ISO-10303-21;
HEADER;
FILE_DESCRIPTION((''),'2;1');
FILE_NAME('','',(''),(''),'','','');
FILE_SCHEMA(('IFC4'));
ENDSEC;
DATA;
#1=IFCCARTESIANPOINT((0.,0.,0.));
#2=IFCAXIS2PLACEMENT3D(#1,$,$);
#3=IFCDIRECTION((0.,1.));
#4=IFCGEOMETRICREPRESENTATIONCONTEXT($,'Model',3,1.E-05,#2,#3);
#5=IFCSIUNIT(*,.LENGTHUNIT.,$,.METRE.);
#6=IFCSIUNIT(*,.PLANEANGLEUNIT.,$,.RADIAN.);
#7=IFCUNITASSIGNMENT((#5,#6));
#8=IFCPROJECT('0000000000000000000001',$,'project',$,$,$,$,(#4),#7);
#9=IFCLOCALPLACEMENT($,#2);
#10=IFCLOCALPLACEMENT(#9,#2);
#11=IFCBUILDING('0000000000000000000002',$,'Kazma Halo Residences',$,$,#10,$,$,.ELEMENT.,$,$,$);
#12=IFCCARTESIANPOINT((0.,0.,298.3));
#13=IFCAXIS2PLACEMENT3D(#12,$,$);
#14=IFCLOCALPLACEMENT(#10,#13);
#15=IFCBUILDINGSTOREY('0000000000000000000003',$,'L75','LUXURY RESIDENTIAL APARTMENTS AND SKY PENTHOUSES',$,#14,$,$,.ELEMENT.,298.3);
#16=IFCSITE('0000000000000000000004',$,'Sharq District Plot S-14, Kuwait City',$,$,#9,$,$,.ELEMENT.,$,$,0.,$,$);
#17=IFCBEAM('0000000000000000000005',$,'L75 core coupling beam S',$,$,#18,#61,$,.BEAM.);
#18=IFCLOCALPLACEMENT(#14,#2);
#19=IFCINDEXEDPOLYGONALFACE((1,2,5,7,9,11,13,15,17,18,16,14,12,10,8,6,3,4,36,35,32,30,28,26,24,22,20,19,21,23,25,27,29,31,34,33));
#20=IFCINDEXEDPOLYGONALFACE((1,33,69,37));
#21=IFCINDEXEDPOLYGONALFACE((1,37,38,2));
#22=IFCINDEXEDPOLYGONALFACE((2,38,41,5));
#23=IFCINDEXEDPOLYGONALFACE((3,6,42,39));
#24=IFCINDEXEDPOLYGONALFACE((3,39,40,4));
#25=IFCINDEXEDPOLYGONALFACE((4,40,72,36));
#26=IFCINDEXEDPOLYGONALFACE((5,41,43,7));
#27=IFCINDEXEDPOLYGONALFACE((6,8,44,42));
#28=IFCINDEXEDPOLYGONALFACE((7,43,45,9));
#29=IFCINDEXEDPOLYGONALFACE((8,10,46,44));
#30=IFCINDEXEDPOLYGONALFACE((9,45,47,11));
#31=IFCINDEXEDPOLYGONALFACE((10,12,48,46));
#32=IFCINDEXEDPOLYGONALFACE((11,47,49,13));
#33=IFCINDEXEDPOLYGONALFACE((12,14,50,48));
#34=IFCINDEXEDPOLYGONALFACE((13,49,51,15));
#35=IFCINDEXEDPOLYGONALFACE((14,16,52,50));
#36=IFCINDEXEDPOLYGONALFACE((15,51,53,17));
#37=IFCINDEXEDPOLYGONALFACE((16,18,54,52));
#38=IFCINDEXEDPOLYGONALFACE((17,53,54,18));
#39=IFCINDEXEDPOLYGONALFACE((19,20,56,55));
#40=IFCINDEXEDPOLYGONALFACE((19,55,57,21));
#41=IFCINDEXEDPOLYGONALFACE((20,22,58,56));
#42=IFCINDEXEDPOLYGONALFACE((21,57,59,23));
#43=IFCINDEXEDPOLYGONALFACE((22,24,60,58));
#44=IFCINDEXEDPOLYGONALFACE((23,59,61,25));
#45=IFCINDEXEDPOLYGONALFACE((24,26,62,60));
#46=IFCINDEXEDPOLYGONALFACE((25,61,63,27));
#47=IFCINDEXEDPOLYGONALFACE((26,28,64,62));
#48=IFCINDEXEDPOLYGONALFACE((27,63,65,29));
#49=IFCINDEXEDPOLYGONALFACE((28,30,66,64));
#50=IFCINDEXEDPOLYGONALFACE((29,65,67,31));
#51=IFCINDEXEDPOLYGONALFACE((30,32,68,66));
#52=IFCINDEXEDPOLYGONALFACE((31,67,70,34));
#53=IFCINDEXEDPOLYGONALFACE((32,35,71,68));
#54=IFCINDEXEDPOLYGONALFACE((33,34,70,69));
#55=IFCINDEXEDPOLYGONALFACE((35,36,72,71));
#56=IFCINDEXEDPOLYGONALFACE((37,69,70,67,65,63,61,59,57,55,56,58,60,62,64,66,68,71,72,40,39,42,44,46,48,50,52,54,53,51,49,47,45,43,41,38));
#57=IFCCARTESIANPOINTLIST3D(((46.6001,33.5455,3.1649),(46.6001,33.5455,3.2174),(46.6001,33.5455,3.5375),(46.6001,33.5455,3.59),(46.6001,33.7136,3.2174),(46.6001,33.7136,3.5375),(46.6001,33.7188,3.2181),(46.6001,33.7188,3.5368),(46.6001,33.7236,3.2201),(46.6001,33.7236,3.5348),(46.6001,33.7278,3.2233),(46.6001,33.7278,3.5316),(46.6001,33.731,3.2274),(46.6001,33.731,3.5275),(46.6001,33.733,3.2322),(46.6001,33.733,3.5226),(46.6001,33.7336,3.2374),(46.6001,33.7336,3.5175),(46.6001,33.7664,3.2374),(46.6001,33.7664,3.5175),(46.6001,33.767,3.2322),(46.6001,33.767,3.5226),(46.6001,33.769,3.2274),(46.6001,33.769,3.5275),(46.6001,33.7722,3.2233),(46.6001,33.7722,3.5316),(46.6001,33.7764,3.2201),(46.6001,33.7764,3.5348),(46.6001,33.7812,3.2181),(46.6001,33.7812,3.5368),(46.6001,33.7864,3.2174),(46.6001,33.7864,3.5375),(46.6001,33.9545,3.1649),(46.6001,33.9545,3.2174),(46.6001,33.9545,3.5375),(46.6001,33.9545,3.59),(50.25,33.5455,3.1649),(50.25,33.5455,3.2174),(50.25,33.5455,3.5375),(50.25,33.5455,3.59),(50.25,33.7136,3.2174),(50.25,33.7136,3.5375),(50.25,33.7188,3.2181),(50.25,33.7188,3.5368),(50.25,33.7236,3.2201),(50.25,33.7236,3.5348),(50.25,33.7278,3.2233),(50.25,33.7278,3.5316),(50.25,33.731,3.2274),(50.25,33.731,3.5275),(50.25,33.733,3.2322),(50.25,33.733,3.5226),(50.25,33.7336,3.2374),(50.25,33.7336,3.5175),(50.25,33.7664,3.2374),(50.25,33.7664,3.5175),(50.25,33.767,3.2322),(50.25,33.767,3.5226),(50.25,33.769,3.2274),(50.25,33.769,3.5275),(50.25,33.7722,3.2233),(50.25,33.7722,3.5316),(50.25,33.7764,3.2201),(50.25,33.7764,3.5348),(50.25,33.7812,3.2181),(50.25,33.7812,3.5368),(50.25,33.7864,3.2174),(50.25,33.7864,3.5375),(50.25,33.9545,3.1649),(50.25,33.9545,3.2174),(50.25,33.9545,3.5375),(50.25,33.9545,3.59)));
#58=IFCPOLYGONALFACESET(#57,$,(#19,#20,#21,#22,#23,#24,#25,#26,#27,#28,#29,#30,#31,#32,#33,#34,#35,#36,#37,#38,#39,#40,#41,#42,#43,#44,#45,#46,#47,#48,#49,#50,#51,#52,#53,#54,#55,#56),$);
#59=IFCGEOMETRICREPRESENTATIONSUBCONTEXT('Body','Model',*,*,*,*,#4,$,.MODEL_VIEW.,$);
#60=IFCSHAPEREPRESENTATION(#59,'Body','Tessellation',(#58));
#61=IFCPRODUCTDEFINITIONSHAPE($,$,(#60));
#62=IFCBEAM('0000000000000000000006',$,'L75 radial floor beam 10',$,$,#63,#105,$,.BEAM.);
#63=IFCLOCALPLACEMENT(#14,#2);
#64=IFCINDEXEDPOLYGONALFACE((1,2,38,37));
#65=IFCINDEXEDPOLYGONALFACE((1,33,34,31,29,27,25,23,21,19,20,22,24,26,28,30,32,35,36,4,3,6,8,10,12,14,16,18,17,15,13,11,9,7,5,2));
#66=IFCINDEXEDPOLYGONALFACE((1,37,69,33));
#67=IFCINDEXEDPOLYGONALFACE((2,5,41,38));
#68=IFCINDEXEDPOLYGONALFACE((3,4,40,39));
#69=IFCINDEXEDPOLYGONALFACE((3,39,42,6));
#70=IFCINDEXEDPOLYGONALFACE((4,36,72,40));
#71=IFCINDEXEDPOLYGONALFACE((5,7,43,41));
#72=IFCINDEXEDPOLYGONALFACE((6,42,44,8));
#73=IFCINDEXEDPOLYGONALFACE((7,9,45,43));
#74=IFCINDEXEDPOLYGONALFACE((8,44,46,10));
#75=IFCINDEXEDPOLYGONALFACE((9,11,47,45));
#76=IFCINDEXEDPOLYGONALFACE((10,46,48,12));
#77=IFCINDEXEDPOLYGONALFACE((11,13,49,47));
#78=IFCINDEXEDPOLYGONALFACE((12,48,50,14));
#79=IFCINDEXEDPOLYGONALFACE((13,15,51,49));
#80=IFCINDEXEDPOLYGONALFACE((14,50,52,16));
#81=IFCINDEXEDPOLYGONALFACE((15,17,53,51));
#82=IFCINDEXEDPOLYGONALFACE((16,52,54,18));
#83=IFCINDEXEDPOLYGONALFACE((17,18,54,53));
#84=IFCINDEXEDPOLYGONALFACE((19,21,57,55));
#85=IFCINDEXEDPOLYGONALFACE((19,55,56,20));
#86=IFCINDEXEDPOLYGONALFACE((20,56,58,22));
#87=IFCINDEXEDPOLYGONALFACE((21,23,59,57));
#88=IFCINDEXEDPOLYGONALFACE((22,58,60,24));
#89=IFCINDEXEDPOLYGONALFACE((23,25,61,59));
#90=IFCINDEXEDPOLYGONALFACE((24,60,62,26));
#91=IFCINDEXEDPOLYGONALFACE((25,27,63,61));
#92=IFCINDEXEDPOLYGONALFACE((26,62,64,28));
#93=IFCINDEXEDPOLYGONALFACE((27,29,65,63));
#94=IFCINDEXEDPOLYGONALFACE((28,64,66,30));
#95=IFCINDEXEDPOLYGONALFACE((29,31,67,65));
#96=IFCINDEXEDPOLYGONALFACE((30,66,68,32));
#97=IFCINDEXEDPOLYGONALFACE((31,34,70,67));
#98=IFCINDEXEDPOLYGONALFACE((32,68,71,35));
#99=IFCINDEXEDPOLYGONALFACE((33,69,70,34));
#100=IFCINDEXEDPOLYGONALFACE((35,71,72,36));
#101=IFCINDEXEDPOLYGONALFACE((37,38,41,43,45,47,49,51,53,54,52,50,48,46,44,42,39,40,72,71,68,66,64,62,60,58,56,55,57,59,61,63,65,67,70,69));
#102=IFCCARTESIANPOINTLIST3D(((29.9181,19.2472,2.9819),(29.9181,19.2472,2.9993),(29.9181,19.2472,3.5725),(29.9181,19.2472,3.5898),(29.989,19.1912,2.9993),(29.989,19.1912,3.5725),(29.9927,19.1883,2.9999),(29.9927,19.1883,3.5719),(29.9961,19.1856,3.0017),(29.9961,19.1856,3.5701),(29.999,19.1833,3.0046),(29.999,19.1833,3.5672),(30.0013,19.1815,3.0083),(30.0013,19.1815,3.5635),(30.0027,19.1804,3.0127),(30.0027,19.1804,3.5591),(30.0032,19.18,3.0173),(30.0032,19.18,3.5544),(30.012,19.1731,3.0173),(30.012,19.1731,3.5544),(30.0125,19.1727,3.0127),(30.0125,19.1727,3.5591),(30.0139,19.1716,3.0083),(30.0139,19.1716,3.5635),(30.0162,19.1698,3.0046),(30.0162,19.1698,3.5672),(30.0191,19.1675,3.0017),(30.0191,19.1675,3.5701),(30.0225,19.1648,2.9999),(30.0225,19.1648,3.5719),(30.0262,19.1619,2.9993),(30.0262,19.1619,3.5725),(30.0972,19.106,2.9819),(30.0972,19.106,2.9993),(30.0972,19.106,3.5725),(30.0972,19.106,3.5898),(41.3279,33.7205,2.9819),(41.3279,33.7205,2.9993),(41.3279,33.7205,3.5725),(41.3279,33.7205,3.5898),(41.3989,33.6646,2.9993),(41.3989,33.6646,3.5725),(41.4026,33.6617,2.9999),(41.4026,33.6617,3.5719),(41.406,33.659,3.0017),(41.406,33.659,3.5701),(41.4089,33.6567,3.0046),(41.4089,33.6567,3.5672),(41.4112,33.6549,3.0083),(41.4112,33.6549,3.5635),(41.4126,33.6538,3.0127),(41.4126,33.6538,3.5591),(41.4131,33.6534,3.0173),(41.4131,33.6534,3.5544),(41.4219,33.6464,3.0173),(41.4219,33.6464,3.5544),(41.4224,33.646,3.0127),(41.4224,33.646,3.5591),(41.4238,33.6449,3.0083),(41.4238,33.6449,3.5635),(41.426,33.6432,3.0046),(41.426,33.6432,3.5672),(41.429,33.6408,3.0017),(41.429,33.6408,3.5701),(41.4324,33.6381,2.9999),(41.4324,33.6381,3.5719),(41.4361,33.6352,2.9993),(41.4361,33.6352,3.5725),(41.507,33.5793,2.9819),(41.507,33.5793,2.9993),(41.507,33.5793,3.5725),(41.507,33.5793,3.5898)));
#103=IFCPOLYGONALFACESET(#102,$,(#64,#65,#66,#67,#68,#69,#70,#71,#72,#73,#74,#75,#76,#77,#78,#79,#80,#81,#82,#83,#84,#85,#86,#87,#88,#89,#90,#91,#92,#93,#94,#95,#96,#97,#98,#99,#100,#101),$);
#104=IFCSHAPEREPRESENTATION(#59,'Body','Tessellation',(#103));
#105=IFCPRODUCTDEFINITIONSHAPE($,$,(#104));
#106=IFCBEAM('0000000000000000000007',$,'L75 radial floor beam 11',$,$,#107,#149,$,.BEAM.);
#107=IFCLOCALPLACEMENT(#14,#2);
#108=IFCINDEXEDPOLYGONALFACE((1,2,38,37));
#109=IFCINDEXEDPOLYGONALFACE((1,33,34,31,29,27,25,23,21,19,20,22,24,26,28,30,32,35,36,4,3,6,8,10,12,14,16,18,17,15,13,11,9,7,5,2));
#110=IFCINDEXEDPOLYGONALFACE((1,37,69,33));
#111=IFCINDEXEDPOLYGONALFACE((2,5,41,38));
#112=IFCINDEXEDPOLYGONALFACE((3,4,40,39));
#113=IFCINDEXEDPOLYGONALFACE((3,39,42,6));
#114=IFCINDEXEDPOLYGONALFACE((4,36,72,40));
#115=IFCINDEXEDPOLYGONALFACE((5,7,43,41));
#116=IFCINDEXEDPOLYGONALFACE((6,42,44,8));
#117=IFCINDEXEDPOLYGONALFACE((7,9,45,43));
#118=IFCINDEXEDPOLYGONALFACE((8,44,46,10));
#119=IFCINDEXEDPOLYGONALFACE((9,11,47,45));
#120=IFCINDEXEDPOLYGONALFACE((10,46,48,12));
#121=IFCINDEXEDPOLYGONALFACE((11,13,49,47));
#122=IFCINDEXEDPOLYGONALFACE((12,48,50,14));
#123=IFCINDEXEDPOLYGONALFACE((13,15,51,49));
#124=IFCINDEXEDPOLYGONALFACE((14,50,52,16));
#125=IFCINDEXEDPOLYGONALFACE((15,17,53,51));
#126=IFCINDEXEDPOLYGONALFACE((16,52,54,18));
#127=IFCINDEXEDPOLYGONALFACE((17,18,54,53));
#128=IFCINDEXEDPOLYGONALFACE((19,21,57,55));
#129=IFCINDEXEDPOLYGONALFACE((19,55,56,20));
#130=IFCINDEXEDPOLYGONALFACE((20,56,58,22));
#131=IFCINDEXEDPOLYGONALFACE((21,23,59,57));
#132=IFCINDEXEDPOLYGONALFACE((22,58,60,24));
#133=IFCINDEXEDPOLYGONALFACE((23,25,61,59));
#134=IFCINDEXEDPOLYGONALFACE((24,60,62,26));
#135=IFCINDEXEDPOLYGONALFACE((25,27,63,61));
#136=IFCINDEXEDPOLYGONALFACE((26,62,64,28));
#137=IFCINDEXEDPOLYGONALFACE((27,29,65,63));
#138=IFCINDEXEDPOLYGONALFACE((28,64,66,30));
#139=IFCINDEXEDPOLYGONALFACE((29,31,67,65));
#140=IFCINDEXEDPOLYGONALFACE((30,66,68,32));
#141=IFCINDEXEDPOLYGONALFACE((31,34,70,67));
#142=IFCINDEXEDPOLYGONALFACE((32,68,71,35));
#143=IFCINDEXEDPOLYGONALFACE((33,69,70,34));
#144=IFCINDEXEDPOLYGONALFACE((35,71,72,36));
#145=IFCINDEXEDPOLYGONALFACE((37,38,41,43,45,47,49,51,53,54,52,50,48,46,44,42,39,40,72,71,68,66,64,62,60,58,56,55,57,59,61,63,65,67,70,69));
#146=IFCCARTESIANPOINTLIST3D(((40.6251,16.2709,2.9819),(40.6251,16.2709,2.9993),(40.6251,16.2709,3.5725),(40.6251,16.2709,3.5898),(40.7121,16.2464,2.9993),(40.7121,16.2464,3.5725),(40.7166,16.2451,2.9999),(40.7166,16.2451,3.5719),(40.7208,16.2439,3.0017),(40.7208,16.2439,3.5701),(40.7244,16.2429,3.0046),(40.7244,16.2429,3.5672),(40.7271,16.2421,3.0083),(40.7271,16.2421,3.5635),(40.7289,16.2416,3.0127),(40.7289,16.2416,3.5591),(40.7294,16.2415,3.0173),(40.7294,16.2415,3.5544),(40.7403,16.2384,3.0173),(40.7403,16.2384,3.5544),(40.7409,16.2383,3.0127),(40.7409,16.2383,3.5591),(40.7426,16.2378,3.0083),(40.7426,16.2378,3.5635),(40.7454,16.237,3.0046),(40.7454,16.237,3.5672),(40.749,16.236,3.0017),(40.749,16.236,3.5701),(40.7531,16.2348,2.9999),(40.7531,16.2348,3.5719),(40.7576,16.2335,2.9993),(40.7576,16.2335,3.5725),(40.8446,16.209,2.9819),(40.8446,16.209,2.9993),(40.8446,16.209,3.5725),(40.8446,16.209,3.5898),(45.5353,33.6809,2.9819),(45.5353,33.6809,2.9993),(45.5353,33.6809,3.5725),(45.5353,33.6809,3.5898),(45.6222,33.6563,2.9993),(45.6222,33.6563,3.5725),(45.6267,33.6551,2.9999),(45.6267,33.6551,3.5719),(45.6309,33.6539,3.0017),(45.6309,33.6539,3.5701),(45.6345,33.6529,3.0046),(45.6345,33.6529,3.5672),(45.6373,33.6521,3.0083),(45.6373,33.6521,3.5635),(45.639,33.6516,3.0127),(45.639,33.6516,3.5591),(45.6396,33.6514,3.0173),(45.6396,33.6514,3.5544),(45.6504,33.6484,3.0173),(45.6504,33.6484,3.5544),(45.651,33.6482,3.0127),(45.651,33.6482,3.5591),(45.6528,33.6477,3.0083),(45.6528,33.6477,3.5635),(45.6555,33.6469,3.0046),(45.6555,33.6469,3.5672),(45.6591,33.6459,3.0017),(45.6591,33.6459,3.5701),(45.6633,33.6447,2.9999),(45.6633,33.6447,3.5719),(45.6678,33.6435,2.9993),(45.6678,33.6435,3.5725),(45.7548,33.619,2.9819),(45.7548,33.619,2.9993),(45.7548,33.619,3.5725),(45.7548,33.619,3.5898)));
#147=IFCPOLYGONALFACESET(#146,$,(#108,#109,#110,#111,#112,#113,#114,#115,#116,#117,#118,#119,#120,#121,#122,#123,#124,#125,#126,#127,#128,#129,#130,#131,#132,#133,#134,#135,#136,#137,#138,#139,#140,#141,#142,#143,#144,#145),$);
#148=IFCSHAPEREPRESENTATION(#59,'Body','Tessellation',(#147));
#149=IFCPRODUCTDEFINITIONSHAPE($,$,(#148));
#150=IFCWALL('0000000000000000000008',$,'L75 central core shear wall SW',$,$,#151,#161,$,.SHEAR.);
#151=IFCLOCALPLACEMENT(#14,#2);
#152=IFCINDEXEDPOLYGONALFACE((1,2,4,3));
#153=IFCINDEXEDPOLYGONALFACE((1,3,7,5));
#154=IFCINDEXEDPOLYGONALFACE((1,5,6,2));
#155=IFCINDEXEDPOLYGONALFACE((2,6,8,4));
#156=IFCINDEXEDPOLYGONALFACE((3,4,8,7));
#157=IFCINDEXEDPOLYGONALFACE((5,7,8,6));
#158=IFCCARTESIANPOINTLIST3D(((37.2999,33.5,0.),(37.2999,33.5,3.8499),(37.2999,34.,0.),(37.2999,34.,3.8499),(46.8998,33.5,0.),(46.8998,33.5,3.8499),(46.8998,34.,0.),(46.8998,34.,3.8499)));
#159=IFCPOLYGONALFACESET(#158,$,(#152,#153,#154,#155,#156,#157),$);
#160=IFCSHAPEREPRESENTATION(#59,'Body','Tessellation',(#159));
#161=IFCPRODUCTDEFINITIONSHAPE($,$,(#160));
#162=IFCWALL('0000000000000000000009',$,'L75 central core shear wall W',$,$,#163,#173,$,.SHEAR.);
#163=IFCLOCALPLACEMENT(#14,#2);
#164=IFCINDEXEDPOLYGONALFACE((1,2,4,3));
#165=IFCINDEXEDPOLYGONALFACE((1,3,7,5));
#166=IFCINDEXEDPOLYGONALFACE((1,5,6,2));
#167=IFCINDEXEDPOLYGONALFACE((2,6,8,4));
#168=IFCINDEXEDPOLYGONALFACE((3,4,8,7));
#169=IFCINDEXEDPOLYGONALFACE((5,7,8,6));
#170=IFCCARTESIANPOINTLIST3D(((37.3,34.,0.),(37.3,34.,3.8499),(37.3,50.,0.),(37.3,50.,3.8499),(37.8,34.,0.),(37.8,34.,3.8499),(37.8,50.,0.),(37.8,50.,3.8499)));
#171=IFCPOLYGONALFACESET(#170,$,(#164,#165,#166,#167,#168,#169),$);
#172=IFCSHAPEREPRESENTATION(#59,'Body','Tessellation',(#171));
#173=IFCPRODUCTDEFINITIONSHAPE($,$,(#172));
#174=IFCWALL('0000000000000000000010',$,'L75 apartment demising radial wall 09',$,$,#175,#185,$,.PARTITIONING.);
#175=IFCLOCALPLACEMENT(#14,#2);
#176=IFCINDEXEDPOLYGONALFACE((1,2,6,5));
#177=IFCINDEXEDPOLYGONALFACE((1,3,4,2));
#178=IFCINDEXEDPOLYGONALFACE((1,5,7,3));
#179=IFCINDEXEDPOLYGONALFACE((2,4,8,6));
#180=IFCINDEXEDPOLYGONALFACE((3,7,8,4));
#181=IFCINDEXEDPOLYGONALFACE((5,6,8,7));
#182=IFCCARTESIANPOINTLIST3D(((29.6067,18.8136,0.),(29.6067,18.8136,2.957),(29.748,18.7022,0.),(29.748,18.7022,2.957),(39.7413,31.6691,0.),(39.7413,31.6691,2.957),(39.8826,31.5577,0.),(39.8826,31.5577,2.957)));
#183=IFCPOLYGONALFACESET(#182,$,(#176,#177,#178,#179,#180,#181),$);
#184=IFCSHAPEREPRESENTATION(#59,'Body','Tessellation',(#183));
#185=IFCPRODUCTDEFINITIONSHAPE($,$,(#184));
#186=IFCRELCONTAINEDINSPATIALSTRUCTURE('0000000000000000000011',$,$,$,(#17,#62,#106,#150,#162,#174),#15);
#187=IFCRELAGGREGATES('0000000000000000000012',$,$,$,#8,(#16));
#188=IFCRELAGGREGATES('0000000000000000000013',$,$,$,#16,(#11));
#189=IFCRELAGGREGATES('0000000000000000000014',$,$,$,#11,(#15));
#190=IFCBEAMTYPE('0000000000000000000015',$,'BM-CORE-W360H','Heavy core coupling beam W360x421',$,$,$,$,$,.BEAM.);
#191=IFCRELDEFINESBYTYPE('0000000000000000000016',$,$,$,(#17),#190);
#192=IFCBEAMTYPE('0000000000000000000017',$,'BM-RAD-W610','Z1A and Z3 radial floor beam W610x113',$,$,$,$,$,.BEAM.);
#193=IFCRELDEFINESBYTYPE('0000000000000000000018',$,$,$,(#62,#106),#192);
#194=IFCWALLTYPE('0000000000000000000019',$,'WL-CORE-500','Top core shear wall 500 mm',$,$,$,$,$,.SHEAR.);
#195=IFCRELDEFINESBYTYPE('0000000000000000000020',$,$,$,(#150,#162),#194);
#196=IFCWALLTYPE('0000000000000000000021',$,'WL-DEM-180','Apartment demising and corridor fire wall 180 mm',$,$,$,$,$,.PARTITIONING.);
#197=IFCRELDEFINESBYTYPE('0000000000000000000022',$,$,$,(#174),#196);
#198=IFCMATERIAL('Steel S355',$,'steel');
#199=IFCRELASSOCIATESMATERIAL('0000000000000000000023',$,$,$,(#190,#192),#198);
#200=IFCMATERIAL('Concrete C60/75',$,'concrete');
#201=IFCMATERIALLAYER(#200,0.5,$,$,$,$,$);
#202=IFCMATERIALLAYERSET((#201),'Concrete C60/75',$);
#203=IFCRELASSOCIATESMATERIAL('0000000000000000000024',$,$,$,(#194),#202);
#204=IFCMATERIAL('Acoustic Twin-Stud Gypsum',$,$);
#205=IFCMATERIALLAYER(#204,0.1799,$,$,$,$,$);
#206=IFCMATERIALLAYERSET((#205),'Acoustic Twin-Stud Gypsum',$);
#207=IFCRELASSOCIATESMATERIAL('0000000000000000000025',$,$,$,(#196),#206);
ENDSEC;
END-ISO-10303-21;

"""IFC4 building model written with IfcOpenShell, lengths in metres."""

from ifc_helpers import new_model, si_unit, direction, frame, frame_2d, origin, origin_2d, place, context, subcontext, project, spatial, rectangle, i_section, extrude, material, layer, layer_set, material_profile, profile_set, type_object, element, save


model = new_model("IFC4")

# Units and contexts
model_context = context("Model", 3, precision=1e-05, world=origin(), true_north=direction((0.0, 1.0)))
body_context = subcontext(model_context, "Body", "Model", "MODEL_VIEW")
ifc_project = project(units=[si_unit("LENGTHUNIT", "METRE"), si_unit("PLANEANGLEUNIT", "RADIAN")], contexts=[model_context])

# Site, building, storey
site_placement = place(None, origin())
site = spatial("IfcSite", under=ifc_project, at=site_placement, Name="Sharq District Plot S-14, Kuwait City", CompositionType="ELEMENT", RefElevation=0.0)
building_placement = place(site_placement, origin())
building = spatial("IfcBuilding", under=site, at=building_placement, Name="Kazma Halo Residences", CompositionType="ELEMENT")
storey_placement = place(building_placement, frame((0.0, 0.0, 298.3)))
storey = spatial("IfcBuildingStorey", under=building, at=storey_placement, Name="L75", Description="LUXURY RESIDENTIAL APARTMENTS AND SKY PENTHOUSES", CompositionType="ELEMENT", Elevation=298.3)

# Beams
ifc_material_1 = material(Name="Steel S355", Category="steel")
ifc_material_profile_1 = material_profile(ifc_material_1, i_section(OverallWidth=0.4089, OverallDepth=0.425, WebThickness=0.0327, FlangeThickness=0.0525, FilletRadius=0.02, at=origin_2d()), Name="W360x421")
ifc_profile_set_1 = profile_set([ifc_material_profile_1], Name="Steel S355")
beam_type_1 = type_object("IfcBeamType", Name="BM-CORE-W360H", Description="Heavy core coupling beam W360x421", PredefinedType="BEAM", material=ifc_profile_set_1)
beam_1_placement = place(storey_placement, frame((46.6001, 33.75, 3.3774), z_axis=(1.0, 0.0, 0.0), x_axis=(0.0, 1.0, 0.0)))
element("IfcBeam", 1, at=beam_1_placement, inside=storey, type_object=beam_type_1, Name="L75 core coupling beam S", PredefinedType="BEAM", context=body_context, shape_type="SweptSolid", body=[
    extrude(i_section(OverallWidth=0.4089, OverallDepth=0.425, WebThickness=0.0327, FlangeThickness=0.0525, FilletRadius=0.02, at=origin_2d()), origin(), (0.0, 0.0, 1.0), 3.6499),
])
ifc_material_profile_2 = material_profile(ifc_material_1, i_section(OverallWidth=0.228, OverallDepth=0.6079, WebThickness=0.0112, FlangeThickness=0.0173, FilletRadius=0.0181, at=origin_2d()), Name="W610x113")
ifc_profile_set_2 = profile_set([ifc_material_profile_2], Name="Steel S355")
beam_type_2 = type_object("IfcBeamType", Name="BM-RAD-W610", Description="Z1A and Z3 radial floor beam W610x113", PredefinedType="BEAM", material=ifc_profile_set_2)
beam_2_placement = place(storey_placement, frame((41.4175, 33.6499, 3.2859), z_axis=(-0.619094, -0.785317, 0.0), x_axis=(0.785317, -0.619094, 0.0)))
element("IfcBeam", 2, at=beam_2_placement, inside=storey, type_object=beam_type_2, Name="L75 radial floor beam 10", PredefinedType="BEAM", context=body_context, shape_type="SweptSolid", body=[
    extrude(i_section(OverallWidth=0.228, OverallDepth=0.6079, WebThickness=0.0112, FlangeThickness=0.0173, FilletRadius=0.0181, at=origin_2d()), origin(), (0.0, 0.0, 1.0), 18.4299),
])
beam_3_placement = place(storey_placement, frame((45.645, 33.6499, 3.2859), z_axis=(-0.271443, -0.962454, 0.0), x_axis=(0.962454, -0.271443, 0.0)))
element("IfcBeam", 3, at=beam_3_placement, inside=storey, type_object=beam_type_2, Name="L75 radial floor beam 11", PredefinedType="BEAM", context=body_context, shape_type="SweptSolid", body=[
    extrude(i_section(OverallWidth=0.228, OverallDepth=0.6079, WebThickness=0.0112, FlangeThickness=0.0173, FilletRadius=0.0181, at=origin_2d()), origin(), (0.0, 0.0, 1.0), 18.0891),
])

# Walls
ifc_material_2 = material(Name="Concrete C60/75", Category="concrete")
ifc_layer_1 = layer(ifc_material_2, 0.5)
ifc_layer_set_1 = layer_set([ifc_layer_1], Name="Concrete C60/75")
wall_type_1 = type_object("IfcWallType", Name="WL-CORE-500", Description="Top core shear wall 500 mm", PredefinedType="SHEAR", material=ifc_layer_set_1)
wall_1_placement = place(storey_placement, frame((37.3, 33.75, 0.0), z_axis=(0.0, 0.0, 1.0), x_axis=(1.0, 0.0, 0.0)))
element("IfcWall", 4, at=wall_1_placement, inside=storey, type_object=wall_type_1, Name="L75 central core shear wall SW", PredefinedType="SHEAR", context=body_context, shape_type="SweptSolid", body=[
    extrude(rectangle(XDim=9.5999, YDim=0.5, at=frame_2d((4.7998, 0.0))), origin(), (0.0, 0.0, 1.0), 3.8499),
])
wall_2_placement = place(storey_placement, frame((37.55, 34.0, 0.0), z_axis=(0.0, 0.0, 1.0), x_axis=(0.0, 1.0, 0.0)))
element("IfcWall", 5, at=wall_2_placement, inside=storey, type_object=wall_type_1, Name="L75 central core shear wall W", PredefinedType="SHEAR", context=body_context, shape_type="SweptSolid", body=[
    extrude(rectangle(XDim=16.0, YDim=0.5, at=frame_2d((8.0, 0.0))), origin(), (0.0, 0.0, 1.0), 3.8499),
])
ifc_material_3 = material(Name="Acoustic Twin-Stud Gypsum")
ifc_layer_2 = layer(ifc_material_3, 0.1799)
ifc_layer_set_2 = layer_set([ifc_layer_2], Name="Acoustic Twin-Stud Gypsum")
wall_type_2 = type_object("IfcWallType", Name="WL-DEM-180", Description="Apartment demising and corridor fire wall 180 mm", PredefinedType="PARTITIONING", material=ifc_layer_set_2)
wall_3_placement = place(storey_placement, frame((39.812, 31.6135, 0.0), z_axis=(0.0, 0.0, 1.0), x_axis=(-0.619097, -0.785314, 0.0)))
element("IfcWall", 6, at=wall_3_placement, inside=storey, type_object=wall_type_2, Name="L75 apartment demising radial wall 09", PredefinedType="PARTITIONING", context=body_context, shape_type="SweptSolid", body=[
    extrude(rectangle(XDim=16.3699, YDim=0.1799, at=frame_2d((8.1851, 0.0))), origin(), (0.0, 0.0, 1.0), 2.957),
])

save(model, "model.ifc")
